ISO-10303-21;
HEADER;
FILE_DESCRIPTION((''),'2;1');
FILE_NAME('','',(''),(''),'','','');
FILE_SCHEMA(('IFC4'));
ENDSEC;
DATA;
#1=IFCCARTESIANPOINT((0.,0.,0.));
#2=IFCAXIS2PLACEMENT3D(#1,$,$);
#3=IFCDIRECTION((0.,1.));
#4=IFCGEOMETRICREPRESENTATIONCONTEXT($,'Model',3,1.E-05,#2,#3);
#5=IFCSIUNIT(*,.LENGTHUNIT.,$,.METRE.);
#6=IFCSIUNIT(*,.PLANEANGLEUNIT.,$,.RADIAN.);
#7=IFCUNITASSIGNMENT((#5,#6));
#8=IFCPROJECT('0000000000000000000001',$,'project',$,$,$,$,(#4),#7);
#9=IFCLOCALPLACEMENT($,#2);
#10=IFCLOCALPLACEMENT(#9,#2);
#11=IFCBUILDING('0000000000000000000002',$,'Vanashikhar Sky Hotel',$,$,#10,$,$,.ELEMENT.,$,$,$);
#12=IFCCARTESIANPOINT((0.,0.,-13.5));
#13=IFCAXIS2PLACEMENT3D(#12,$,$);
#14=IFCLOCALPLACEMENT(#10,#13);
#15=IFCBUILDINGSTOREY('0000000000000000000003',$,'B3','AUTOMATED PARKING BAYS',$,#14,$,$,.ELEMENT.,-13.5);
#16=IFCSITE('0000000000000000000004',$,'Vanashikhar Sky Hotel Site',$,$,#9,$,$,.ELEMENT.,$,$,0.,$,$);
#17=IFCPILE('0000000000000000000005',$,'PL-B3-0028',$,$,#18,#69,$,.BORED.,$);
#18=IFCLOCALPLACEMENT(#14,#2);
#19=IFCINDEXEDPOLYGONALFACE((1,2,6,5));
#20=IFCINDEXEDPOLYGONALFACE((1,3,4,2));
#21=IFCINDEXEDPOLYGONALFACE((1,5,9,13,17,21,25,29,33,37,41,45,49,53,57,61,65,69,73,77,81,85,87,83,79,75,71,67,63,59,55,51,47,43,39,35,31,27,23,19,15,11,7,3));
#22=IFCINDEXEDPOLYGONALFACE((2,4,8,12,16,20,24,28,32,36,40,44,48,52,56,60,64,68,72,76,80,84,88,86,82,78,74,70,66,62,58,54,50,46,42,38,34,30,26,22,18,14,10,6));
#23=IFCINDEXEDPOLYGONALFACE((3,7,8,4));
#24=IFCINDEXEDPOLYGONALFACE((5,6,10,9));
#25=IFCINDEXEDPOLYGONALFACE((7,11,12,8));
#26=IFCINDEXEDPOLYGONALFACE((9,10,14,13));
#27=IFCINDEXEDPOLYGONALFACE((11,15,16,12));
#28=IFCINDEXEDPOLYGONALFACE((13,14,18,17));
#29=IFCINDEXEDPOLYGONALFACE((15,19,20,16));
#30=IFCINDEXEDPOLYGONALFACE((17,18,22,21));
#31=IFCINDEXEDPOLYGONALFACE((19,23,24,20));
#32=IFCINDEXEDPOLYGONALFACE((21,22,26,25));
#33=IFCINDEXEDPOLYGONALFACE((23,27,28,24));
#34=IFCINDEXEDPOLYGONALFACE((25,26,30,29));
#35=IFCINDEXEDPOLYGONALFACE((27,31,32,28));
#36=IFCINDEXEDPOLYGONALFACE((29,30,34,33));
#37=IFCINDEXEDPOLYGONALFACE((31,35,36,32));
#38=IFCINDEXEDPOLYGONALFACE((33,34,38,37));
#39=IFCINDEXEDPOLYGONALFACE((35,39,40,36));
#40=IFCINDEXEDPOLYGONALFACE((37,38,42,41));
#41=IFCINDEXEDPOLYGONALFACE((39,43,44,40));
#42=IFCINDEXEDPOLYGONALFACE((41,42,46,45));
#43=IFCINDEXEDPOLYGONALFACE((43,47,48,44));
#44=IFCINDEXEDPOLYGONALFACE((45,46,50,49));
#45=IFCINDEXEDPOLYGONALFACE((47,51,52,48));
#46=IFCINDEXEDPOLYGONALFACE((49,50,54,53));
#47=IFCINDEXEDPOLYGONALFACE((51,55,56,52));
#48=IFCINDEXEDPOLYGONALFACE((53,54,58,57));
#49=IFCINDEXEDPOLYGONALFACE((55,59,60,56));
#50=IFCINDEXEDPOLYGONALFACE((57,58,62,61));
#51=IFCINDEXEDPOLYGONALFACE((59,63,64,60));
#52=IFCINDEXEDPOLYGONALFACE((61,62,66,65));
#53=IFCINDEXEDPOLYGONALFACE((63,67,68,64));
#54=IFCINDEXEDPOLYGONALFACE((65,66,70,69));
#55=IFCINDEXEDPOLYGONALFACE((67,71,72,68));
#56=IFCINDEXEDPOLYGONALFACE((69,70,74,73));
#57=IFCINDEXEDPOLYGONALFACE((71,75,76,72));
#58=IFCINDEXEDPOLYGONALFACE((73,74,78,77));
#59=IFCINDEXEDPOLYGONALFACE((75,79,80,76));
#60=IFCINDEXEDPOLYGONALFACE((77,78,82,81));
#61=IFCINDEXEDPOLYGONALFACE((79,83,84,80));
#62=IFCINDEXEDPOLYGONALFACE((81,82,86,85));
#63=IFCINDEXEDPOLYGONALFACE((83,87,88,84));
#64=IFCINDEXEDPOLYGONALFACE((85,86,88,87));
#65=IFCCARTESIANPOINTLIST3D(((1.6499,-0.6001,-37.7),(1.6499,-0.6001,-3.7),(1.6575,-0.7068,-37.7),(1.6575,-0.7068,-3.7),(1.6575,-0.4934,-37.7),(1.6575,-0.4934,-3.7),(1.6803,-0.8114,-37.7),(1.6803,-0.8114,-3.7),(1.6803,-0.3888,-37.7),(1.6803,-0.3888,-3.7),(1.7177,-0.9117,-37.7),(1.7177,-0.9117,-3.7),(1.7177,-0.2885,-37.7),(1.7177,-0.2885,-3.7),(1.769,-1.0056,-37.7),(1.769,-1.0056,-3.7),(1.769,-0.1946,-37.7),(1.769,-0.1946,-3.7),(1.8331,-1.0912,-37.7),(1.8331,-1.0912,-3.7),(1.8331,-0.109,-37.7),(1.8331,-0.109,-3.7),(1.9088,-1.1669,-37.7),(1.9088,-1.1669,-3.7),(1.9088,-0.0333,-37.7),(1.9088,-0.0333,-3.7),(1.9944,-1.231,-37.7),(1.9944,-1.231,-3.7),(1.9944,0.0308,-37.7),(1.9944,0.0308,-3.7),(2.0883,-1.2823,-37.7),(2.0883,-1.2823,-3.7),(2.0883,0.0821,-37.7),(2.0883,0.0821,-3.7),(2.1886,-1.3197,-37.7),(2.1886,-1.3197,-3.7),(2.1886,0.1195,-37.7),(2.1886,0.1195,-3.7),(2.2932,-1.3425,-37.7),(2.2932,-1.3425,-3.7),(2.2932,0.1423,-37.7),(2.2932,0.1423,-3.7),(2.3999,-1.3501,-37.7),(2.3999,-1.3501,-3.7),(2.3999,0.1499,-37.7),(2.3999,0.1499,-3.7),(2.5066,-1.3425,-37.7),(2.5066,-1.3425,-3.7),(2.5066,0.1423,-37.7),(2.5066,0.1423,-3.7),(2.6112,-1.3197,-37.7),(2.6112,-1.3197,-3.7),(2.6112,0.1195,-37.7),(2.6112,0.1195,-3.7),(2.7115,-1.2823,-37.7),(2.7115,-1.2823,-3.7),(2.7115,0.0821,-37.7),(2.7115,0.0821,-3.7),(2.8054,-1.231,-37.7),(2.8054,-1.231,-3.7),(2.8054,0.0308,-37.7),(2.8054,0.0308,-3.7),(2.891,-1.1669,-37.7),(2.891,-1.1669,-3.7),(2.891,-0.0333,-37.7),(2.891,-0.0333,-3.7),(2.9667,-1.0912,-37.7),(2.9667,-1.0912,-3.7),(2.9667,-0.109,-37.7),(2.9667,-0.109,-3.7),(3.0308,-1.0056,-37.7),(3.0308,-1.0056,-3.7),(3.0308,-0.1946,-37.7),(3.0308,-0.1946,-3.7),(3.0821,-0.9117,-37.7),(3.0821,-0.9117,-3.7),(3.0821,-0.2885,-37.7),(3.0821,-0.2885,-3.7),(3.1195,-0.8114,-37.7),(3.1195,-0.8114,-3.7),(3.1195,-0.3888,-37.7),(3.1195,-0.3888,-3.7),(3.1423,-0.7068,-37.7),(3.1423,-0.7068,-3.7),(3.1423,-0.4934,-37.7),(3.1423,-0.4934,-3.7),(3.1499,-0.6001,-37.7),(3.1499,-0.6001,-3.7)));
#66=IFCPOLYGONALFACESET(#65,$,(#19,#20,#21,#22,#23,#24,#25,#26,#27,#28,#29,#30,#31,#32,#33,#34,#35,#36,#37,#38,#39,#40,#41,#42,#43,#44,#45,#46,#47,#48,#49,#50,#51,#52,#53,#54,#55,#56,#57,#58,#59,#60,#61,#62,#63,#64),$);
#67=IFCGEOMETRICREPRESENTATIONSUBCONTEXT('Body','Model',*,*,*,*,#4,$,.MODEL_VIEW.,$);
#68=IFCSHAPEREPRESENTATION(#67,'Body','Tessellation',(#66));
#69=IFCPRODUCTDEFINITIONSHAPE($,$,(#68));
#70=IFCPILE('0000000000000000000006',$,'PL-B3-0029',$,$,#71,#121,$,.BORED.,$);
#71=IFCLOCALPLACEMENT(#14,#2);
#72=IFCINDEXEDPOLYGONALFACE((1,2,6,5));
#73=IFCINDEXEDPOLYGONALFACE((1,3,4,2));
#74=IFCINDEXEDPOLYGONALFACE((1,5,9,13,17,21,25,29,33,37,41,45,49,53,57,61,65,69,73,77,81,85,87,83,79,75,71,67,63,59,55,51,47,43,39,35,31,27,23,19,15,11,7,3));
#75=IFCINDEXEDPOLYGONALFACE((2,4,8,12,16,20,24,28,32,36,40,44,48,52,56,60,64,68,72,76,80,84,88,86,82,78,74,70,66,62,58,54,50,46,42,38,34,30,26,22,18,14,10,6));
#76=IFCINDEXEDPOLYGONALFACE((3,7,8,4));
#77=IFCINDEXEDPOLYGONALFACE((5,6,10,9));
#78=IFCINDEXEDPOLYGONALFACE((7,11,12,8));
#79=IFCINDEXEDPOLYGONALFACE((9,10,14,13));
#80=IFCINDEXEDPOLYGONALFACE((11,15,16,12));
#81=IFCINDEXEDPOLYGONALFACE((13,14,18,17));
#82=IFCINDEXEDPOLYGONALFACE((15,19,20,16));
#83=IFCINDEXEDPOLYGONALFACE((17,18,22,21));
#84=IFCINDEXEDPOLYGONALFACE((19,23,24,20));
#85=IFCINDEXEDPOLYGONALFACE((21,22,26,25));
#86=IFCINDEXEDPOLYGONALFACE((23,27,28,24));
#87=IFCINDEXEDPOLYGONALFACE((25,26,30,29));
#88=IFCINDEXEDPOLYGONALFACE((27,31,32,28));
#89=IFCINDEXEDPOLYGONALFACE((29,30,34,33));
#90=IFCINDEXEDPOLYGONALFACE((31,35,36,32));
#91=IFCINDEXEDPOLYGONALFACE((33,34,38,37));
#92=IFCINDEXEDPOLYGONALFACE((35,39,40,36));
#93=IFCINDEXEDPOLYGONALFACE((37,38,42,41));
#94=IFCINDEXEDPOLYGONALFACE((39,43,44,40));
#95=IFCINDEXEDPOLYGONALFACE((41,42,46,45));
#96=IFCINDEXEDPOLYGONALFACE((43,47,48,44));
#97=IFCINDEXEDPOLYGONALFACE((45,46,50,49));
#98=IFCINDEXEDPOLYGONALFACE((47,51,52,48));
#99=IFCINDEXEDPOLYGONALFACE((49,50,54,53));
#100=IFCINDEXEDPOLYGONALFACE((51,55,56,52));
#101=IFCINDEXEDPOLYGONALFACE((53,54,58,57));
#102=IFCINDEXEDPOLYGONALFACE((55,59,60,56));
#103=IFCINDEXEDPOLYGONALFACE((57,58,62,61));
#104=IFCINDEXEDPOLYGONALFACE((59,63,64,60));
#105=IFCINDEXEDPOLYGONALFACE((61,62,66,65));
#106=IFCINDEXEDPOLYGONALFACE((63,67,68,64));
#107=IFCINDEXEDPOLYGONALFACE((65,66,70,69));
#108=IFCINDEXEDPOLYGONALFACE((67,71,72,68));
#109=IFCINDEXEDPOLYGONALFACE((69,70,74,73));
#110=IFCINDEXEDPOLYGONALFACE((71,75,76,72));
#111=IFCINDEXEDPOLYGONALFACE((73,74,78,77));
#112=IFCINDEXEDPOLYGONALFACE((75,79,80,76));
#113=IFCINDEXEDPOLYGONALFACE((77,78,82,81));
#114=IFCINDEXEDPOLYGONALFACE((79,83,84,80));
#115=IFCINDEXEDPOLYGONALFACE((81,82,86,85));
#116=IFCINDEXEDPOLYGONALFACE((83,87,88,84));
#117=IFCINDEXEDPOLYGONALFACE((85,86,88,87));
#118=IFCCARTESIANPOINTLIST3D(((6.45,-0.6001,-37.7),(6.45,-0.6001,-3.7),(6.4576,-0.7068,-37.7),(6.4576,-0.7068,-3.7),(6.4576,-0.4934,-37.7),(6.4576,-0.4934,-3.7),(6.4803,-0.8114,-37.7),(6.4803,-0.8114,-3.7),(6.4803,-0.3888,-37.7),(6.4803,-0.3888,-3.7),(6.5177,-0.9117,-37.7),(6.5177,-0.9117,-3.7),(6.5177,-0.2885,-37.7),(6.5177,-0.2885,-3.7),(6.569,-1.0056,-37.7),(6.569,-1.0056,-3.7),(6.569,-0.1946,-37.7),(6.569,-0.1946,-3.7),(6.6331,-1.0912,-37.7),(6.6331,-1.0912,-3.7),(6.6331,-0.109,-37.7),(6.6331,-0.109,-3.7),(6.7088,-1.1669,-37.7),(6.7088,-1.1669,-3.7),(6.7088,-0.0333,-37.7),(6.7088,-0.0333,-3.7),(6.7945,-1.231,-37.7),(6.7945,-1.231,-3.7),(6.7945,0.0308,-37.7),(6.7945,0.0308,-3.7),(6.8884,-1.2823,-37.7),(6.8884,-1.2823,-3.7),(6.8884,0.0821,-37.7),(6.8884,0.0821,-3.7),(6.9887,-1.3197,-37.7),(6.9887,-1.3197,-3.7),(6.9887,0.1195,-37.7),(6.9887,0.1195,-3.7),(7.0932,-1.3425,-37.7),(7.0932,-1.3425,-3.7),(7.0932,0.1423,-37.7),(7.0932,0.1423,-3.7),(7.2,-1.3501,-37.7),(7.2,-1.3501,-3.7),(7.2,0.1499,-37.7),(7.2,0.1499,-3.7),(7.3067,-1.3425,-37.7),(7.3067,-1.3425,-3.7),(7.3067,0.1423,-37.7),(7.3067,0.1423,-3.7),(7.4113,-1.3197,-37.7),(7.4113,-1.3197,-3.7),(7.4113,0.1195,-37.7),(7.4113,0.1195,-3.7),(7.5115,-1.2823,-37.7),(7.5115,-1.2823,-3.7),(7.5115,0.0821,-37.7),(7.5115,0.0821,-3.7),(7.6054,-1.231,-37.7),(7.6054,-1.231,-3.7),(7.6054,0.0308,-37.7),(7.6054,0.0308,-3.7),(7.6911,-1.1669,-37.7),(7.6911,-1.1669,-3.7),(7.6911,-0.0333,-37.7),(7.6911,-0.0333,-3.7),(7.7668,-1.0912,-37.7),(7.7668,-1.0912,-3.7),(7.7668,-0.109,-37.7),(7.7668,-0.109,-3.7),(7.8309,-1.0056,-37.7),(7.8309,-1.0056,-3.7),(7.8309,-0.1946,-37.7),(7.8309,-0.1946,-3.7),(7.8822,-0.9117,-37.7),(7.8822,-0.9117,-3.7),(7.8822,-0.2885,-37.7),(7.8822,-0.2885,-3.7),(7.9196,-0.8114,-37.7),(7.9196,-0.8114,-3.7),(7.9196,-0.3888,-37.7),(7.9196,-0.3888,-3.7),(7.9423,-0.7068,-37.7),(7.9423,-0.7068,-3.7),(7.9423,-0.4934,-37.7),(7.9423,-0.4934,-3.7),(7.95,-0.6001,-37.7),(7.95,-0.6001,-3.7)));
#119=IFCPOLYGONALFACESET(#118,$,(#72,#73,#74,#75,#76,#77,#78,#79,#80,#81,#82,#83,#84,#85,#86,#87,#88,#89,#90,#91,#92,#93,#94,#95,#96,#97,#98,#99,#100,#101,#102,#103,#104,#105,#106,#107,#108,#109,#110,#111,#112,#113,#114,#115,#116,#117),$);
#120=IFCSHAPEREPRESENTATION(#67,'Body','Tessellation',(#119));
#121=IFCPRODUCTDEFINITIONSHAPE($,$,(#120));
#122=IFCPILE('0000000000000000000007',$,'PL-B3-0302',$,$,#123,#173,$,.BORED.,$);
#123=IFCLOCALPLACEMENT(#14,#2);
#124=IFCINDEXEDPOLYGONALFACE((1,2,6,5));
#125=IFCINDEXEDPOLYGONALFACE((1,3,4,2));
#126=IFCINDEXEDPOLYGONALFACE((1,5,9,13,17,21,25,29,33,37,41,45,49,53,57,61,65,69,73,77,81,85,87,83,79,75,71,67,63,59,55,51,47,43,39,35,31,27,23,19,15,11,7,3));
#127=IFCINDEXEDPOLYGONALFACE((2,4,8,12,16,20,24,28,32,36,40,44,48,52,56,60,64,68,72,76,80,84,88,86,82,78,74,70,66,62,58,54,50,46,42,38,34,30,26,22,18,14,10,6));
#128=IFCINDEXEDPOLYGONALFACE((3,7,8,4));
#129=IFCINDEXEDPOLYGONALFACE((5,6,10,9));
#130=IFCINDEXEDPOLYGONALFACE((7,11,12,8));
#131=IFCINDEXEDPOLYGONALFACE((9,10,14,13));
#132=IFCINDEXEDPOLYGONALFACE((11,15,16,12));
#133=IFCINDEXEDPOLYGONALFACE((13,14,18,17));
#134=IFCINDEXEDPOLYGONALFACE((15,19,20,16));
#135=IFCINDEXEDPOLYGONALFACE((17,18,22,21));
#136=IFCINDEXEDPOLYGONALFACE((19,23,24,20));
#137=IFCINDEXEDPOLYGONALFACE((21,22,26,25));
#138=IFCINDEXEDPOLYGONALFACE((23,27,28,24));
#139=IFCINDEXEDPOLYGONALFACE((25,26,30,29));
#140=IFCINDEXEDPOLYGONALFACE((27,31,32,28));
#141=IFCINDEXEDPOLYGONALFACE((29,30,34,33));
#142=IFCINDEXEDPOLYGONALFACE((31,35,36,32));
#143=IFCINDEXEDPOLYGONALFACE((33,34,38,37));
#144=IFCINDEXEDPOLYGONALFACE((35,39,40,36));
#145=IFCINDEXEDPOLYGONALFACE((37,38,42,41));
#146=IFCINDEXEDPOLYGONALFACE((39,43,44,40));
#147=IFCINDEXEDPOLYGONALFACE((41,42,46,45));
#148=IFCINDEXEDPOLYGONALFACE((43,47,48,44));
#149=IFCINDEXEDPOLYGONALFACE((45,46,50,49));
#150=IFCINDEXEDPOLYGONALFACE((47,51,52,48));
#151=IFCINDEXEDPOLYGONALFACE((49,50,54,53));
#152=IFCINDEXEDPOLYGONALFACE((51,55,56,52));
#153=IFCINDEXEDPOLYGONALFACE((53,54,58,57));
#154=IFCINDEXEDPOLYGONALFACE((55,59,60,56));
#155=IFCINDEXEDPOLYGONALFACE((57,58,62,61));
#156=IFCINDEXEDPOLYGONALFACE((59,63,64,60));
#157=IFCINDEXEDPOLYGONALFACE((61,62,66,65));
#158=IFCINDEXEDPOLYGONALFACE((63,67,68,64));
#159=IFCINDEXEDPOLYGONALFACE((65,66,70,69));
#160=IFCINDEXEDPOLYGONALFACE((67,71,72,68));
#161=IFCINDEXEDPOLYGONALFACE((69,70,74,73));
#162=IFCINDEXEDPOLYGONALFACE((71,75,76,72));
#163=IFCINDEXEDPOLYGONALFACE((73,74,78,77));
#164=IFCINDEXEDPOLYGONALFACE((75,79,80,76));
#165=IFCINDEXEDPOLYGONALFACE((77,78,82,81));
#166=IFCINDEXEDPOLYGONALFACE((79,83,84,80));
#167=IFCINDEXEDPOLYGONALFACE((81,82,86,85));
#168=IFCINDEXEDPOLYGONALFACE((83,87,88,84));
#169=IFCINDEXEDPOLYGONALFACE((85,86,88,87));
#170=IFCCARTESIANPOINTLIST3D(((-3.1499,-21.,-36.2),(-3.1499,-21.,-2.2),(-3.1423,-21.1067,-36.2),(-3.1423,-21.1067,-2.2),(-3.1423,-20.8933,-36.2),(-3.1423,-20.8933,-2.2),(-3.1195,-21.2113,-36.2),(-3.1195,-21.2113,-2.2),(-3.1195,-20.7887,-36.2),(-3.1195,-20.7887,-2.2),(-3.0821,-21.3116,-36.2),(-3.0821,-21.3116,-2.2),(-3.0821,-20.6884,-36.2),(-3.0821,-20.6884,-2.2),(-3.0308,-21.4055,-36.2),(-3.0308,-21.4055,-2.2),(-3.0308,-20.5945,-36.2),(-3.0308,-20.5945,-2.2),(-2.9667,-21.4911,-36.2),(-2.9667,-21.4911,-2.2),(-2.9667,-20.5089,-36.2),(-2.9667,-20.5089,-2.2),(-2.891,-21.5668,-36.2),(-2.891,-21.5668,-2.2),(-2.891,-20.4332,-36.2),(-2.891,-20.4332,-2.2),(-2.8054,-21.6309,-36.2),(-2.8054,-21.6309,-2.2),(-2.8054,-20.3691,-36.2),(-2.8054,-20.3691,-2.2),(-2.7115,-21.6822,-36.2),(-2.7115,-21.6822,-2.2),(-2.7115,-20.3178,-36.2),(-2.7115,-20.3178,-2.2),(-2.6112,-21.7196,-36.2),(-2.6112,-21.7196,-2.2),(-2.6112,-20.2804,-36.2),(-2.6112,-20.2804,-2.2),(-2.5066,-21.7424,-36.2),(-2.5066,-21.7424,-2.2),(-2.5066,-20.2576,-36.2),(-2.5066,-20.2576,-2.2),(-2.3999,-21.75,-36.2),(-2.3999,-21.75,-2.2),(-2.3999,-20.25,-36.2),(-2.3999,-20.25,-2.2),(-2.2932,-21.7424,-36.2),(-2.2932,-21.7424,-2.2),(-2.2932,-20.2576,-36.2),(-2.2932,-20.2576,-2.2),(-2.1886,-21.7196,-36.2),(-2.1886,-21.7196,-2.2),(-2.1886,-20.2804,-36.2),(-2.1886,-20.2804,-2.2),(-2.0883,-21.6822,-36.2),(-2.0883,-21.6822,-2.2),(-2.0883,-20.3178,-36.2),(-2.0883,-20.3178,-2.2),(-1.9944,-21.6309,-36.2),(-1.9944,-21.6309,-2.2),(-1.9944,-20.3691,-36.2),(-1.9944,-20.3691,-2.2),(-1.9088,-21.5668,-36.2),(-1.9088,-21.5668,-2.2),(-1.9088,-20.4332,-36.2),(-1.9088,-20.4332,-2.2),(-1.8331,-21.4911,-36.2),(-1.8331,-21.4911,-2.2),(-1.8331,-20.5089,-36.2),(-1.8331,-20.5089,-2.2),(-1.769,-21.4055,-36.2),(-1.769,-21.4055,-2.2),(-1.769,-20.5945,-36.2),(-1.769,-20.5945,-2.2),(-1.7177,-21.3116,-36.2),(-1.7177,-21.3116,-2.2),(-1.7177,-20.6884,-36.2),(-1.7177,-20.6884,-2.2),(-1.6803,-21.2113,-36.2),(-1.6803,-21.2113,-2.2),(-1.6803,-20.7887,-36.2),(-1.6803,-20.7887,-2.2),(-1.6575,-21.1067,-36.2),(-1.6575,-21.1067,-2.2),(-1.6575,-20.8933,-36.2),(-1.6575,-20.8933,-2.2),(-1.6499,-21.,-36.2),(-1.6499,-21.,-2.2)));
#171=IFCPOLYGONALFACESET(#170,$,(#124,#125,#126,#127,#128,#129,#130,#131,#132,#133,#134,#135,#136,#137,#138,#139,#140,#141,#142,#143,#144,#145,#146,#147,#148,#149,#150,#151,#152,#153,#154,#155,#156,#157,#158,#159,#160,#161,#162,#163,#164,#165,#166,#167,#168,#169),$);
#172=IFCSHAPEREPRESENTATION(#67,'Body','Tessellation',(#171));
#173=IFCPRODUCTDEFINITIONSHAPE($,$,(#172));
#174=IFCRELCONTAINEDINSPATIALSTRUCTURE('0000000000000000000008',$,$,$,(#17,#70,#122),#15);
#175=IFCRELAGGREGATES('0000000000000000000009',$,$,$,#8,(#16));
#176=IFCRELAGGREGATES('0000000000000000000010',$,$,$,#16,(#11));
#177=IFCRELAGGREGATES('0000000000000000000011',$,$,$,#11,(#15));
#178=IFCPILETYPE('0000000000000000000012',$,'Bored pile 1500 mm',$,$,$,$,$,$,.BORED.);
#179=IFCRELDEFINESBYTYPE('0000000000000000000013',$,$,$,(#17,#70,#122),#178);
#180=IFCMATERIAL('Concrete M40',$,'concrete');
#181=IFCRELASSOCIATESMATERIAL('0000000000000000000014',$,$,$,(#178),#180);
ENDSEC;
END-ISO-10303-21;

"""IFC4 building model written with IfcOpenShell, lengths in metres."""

from ifc_helpers import new_model, si_unit, direction, frame, origin, origin_2d, place, context, subcontext, project, spatial, circle, extrude, source, transform, mapped, material, type_object, element, save


model = new_model("IFC4")

# Units and contexts
model_context = context("Model", 3, precision=1e-05, world=origin(), true_north=direction((0.0, 1.0)))
body_context = subcontext(model_context, "Body", "Model", "MODEL_VIEW")
ifc_project = project(units=[si_unit("LENGTHUNIT", "METRE"), si_unit("PLANEANGLEUNIT", "RADIAN")], contexts=[model_context])

# Site, building, storey
site_placement = place(None, origin())
site = spatial("IfcSite", under=ifc_project, at=site_placement, Name="Vanashikhar Sky Hotel Site", CompositionType="ELEMENT", RefElevation=0.0)
building_placement = place(site_placement, origin())
building = spatial("IfcBuilding", under=site, at=building_placement, Name="Vanashikhar Sky Hotel", CompositionType="ELEMENT")
storey_placement = place(building_placement, frame((0.0, 0.0, -13.5)))
storey = spatial("IfcBuildingStorey", under=building, at=storey_placement, Name="B3", Description="AUTOMATED PARKING BAYS", CompositionType="ELEMENT", Elevation=-13.5)

# Piles
ifc_material_1 = material(Name="Concrete M40", Category="concrete")
pile_type_1 = type_object("IfcPileType", Name="Bored pile 1500 mm", PredefinedType="BORED", material=ifc_material_1)
shared_shape_1 = source(origin(), body_context, "Body", "SweptSolid", [
    extrude(circle(Radius=0.75, at=origin_2d()), origin(), (0.0, 0.0, 1.0), 34.0),
])
for number, where, z_axis, x_axis, name in (
    (1, (2.3999, -0.6001, -3.7), (0.0, 0.0, -1.0), (1.0, 0.0, 0.0), "PL-B3-0028"),
    (2, (7.2, -0.6001, -3.7), (0.0, 0.0, -1.0), (1.0, 0.0, 0.0), "PL-B3-0029"),
    (3, (-2.3999, -21.0, -2.2), (0.0, 0.0, -1.0), (1.0, 0.0, 0.0), "PL-B3-0302"),
):
    element("IfcPile", number, at=place(storey_placement, frame(where, z_axis=z_axis, x_axis=x_axis)), inside=storey, type_object=pile_type_1, Name=name, PredefinedType="BORED", context=body_context, shape_type="MappedRepresentation", body=[
        mapped(shared_shape_1, transform((0.0, 0.0, 0.0), scale=1.0)),
    ])

save(model, "model.ifc")
